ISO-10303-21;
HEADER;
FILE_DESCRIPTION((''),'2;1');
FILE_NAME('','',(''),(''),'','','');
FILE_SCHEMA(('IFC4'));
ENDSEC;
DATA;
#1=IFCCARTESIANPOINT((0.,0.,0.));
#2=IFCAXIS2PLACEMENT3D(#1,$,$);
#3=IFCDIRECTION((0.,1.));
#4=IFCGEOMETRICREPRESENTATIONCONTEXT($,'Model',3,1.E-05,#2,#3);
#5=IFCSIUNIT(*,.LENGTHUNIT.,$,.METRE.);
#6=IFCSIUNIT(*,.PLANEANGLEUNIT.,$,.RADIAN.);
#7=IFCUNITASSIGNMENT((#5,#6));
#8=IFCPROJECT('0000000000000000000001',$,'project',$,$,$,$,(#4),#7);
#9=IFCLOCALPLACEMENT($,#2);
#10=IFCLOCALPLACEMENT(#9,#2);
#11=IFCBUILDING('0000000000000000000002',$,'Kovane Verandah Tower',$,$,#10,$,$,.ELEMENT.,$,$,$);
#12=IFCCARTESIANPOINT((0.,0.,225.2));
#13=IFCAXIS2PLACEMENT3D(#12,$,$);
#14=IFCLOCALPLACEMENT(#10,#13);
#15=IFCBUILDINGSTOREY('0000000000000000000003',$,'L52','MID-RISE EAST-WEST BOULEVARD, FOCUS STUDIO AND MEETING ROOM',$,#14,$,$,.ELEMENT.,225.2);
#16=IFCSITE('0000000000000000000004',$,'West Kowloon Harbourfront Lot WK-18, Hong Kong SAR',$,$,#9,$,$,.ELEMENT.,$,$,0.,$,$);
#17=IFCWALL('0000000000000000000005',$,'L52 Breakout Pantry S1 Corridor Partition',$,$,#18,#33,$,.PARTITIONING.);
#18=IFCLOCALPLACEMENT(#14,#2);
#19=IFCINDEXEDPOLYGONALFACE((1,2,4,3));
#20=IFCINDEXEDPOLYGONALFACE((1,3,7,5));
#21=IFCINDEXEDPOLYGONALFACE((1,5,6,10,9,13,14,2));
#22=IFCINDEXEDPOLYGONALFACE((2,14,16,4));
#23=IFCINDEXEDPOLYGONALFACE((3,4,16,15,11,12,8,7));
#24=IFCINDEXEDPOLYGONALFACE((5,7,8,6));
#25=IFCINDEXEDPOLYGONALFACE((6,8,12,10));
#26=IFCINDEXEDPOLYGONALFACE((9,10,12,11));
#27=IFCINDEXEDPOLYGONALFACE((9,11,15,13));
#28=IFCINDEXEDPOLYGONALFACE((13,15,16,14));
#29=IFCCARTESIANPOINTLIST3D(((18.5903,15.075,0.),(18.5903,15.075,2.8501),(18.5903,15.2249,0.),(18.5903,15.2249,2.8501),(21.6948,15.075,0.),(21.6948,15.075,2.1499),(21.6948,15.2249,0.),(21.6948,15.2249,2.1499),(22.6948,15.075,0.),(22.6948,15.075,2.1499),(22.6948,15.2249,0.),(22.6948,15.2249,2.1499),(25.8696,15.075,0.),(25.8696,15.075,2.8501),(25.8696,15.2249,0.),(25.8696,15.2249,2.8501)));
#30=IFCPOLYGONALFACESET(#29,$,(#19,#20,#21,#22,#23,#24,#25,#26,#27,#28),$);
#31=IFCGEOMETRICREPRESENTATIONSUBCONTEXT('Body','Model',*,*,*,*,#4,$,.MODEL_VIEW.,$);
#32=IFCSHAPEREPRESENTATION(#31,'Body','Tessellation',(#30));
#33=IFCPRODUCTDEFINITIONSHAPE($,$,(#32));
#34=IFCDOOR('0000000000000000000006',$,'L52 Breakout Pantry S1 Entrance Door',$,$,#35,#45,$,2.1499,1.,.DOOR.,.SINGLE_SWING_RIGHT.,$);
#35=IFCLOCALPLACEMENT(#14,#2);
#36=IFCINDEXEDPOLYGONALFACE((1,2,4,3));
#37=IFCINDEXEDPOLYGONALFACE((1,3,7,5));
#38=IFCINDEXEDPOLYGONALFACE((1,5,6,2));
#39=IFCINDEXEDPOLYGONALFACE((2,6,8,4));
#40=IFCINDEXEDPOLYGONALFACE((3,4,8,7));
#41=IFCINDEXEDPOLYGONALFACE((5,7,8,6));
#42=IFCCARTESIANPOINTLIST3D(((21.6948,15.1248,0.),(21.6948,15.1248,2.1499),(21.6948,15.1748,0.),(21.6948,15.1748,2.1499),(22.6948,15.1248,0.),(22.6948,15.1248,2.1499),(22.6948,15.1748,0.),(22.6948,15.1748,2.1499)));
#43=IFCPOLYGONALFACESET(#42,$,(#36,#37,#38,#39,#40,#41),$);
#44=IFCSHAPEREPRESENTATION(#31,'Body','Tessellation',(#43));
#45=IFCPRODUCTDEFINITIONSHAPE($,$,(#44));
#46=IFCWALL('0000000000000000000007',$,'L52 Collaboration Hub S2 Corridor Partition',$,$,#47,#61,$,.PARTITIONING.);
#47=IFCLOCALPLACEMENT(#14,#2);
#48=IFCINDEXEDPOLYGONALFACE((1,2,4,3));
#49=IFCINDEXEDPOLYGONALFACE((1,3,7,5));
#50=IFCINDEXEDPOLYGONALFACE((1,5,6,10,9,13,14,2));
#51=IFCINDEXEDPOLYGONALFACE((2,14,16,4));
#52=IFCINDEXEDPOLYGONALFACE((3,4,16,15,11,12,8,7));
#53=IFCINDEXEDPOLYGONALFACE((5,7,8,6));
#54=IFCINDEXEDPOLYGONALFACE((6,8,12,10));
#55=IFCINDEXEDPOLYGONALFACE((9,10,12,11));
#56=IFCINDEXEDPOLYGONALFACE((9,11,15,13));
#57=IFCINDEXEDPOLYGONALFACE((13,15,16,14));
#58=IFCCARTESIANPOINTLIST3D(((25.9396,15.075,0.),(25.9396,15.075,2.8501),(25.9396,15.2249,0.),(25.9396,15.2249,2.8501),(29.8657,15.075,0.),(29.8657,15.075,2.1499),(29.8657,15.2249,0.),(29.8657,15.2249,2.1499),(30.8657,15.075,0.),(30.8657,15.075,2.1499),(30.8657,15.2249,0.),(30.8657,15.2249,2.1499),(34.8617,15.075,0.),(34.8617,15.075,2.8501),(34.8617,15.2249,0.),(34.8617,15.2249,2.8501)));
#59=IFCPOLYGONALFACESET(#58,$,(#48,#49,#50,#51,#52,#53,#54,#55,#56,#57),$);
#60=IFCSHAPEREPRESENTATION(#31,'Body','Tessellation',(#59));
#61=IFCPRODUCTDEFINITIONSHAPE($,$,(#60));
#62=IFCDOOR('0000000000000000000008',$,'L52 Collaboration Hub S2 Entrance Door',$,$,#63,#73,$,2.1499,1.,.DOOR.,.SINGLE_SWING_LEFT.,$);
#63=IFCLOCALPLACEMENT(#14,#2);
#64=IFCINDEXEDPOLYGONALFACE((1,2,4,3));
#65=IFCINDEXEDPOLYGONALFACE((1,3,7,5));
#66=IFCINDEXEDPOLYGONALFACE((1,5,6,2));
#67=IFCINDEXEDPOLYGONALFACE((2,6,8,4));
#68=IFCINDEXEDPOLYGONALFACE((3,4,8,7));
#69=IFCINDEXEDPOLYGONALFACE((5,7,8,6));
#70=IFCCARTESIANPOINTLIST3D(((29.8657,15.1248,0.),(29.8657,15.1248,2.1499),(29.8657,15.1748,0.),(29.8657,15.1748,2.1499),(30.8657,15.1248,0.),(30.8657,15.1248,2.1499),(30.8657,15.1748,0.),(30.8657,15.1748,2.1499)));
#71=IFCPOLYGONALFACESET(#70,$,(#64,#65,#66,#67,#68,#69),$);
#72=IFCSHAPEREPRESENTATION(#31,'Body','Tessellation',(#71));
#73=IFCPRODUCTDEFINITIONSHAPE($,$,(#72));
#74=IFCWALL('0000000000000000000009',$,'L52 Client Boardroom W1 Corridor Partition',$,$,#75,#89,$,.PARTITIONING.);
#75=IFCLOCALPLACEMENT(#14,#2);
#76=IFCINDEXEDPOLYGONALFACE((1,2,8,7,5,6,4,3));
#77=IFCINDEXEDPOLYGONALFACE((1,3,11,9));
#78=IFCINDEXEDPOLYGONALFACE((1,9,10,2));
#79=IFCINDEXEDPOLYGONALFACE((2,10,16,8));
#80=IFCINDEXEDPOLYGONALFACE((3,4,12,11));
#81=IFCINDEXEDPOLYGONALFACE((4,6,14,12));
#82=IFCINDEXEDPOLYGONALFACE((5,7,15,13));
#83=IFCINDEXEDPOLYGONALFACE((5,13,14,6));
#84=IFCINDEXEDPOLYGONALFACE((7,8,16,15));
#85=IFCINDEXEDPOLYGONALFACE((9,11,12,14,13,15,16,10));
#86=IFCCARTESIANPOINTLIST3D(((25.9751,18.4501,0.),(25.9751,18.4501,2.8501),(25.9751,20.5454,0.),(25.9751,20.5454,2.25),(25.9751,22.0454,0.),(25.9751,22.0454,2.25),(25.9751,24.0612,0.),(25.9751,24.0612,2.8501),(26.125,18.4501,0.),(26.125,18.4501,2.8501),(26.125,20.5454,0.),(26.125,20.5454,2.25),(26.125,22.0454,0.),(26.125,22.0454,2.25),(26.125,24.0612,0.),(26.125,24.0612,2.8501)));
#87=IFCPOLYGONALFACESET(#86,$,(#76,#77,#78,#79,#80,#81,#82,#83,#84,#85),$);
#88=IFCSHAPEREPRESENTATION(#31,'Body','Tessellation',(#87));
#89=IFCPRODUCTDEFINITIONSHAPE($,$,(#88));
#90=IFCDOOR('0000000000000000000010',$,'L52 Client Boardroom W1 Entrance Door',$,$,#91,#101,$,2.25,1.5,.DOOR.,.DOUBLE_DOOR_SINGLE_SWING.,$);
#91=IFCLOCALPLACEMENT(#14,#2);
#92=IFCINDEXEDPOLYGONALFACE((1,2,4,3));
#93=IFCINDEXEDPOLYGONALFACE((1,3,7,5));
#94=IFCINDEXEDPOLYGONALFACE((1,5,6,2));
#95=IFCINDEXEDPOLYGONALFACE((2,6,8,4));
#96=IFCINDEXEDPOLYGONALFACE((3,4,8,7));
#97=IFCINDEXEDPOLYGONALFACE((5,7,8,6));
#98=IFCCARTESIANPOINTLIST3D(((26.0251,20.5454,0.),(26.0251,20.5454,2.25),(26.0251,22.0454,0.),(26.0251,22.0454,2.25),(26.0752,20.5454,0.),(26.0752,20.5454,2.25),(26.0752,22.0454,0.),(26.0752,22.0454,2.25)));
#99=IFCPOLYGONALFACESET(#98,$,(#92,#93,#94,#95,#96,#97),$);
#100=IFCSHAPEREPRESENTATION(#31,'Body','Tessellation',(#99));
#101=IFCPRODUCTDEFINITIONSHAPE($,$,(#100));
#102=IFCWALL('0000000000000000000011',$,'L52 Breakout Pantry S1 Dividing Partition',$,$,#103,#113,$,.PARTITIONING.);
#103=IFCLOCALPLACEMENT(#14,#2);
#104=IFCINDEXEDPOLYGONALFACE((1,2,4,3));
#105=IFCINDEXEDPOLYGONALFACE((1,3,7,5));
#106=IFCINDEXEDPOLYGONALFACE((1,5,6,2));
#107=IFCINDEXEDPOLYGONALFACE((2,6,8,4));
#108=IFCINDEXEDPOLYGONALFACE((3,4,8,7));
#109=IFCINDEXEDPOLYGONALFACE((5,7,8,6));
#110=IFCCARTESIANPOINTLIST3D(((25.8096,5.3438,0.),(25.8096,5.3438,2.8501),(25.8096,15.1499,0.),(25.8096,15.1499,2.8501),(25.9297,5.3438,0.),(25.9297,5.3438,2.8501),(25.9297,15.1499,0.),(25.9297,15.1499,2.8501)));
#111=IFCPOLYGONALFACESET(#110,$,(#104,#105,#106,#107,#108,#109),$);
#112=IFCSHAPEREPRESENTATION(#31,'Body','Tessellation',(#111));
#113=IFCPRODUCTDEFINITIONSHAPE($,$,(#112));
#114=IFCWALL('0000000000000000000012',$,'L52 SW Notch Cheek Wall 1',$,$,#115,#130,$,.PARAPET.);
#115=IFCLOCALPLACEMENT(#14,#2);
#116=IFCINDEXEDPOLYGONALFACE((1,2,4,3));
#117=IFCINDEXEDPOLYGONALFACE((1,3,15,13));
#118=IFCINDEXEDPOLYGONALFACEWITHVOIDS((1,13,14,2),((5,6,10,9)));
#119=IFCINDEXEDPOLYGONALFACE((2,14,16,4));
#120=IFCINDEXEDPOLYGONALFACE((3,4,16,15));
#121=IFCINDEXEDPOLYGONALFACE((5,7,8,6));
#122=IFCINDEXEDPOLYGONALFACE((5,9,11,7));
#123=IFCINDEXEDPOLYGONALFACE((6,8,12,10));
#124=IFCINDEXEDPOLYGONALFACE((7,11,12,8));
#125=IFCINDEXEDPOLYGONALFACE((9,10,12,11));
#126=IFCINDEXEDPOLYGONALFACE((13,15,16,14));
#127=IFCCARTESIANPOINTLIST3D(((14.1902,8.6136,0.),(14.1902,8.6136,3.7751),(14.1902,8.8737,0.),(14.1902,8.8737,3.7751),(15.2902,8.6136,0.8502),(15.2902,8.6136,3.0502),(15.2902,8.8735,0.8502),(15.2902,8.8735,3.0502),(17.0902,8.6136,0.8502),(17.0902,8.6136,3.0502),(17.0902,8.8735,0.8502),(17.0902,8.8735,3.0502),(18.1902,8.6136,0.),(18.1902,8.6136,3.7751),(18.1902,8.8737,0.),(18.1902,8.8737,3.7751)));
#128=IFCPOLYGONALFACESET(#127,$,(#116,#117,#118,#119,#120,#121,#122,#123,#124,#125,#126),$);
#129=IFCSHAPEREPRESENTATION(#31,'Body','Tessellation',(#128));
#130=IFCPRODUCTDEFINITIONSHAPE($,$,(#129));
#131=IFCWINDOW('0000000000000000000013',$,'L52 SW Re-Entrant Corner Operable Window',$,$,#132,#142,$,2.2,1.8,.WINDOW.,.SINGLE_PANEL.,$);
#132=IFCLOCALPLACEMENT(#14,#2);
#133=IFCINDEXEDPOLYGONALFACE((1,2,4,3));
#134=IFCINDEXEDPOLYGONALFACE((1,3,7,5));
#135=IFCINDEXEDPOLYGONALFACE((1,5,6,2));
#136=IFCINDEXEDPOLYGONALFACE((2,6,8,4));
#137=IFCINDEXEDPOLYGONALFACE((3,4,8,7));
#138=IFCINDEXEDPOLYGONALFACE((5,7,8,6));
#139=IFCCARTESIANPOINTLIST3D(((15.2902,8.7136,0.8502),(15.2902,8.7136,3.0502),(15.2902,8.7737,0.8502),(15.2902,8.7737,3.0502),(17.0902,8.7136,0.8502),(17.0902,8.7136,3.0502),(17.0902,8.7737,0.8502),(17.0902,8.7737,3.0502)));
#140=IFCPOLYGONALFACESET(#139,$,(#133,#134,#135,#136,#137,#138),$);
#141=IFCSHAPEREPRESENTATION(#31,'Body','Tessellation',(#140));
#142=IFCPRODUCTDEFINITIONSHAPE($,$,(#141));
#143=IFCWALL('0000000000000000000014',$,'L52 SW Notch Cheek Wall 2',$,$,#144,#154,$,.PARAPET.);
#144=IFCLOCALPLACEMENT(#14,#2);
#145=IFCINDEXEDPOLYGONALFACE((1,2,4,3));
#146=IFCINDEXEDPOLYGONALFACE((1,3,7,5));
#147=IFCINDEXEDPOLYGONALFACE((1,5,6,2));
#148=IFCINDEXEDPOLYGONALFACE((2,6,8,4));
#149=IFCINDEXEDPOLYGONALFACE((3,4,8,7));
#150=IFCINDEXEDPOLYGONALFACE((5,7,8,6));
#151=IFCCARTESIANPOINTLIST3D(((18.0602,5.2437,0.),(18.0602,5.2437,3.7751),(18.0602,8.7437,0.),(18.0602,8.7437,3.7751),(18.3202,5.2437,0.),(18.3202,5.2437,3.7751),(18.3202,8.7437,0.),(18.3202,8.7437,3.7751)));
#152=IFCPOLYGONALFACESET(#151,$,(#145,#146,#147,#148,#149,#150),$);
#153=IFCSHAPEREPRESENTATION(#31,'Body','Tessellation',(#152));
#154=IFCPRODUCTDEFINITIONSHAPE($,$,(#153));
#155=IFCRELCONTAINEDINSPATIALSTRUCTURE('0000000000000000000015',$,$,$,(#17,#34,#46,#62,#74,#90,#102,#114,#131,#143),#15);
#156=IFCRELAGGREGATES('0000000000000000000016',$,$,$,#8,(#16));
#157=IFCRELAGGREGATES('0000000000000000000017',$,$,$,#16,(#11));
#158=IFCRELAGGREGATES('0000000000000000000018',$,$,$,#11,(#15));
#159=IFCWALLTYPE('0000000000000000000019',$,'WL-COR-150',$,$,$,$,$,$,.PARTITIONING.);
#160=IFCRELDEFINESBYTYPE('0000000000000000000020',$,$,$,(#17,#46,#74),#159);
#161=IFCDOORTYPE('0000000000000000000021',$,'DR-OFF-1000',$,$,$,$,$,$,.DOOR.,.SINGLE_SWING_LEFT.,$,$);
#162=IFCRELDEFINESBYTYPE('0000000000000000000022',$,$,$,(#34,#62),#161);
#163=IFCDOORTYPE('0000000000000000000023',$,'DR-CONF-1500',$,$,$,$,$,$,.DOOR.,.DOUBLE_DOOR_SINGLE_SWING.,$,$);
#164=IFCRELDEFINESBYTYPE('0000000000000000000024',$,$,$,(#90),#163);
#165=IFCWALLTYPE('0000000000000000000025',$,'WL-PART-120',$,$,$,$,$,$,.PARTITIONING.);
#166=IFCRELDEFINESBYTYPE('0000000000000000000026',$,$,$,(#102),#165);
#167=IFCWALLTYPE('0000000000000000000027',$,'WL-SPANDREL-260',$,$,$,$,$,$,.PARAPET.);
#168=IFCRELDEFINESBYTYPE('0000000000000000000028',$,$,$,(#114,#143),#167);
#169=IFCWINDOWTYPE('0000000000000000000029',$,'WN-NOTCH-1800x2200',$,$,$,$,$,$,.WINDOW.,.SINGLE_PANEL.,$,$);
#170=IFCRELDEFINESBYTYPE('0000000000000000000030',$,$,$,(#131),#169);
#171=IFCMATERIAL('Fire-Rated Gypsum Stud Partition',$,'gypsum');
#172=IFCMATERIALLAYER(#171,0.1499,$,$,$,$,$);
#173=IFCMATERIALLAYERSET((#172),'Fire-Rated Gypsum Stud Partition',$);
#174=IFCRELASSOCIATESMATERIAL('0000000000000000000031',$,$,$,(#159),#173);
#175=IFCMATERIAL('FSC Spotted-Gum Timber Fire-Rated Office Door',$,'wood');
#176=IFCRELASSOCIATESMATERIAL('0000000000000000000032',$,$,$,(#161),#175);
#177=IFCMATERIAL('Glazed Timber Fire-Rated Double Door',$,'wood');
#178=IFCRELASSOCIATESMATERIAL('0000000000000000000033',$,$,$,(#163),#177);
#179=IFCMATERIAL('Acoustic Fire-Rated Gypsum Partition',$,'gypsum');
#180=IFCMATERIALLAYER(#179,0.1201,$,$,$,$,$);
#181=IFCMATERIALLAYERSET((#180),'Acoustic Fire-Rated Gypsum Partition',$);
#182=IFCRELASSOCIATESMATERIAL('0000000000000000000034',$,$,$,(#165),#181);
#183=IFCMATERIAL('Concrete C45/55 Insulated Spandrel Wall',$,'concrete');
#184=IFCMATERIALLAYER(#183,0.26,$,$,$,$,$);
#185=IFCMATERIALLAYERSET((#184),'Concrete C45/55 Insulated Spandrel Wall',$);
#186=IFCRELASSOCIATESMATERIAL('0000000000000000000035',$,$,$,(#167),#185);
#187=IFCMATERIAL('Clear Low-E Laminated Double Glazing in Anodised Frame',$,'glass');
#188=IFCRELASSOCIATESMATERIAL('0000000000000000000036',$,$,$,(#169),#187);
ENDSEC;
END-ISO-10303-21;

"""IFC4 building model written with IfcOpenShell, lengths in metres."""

from ifc_helpers import new_model, si_unit, direction, frame, frame_2d, origin, place, context, subcontext, project, spatial, rectangle, extrude, material, layer, layer_set, type_object, element, fill, save


model = new_model("IFC4")

# Units and contexts
model_context = context("Model", 3, precision=1e-05, world=origin(), true_north=direction((0.0, 1.0)))
body_context = subcontext(model_context, "Body", "Model", "MODEL_VIEW")
ifc_project = project(units=[si_unit("LENGTHUNIT", "METRE"), si_unit("PLANEANGLEUNIT", "RADIAN")], contexts=[model_context])

# Site, building, storey
site_placement = place(None, origin())
site = spatial("IfcSite", under=ifc_project, at=site_placement, Name="West Kowloon Harbourfront Lot WK-18, Hong Kong SAR", CompositionType="ELEMENT", RefElevation=0.0)
building_placement = place(site_placement, origin())
building = spatial("IfcBuilding", under=site, at=building_placement, Name="Kovane Verandah Tower", CompositionType="ELEMENT")
storey_placement = place(building_placement, frame((0.0, 0.0, 225.2)))
storey = spatial("IfcBuildingStorey", under=building, at=storey_placement, Name="L52", Description="MID-RISE EAST-WEST BOULEVARD, FOCUS STUDIO AND MEETING ROOM", CompositionType="ELEMENT", Elevation=225.2)

# Walls, openings, doors
ifc_material_1 = material(Name="Fire-Rated Gypsum Stud Partition", Category="gypsum")
ifc_layer_1 = layer(ifc_material_1, 0.1499)
ifc_layer_set_1 = layer_set([ifc_layer_1], Name="Fire-Rated Gypsum Stud Partition")
wall_type_1 = type_object("IfcWallType", Name="WL-COR-150", PredefinedType="PARTITIONING", material=ifc_layer_set_1)
wall_1_placement = place(storey_placement, frame((18.5903, 15.1499, 0.0), z_axis=(0.0, 0.0, 1.0), x_axis=(1.0, 0.0, 0.0)))
wall_1 = element("IfcWall", 1, at=wall_1_placement, inside=storey, type_object=wall_type_1, Name="L52 Breakout Pantry S1 Corridor Partition", PredefinedType="PARTITIONING", context=body_context, shape_type="SweptSolid", body=[
    extrude(rectangle(XDim=7.2793, YDim=0.1499, at=frame_2d((3.6396, 0.0))), origin(), (0.0, 0.0, 1.0), 2.8501),
])
opening_1_placement = place(wall_1_placement, frame((3.1045, 0.0, 0.0)))
opening_1 = element("IfcOpeningElement", 2, at=opening_1_placement, cuts=wall_1, PredefinedType="OPENING", context=body_context, shape_type="SweptSolid", body=[
    extrude(rectangle(XDim=1.0, YDim=2.1499, at=frame_2d((0.5, 1.075))), frame((0.0, 0.075, 0.0), z_axis=(0.0, -1.0, 0.0), x_axis=(1.0, 0.0, 0.0)), (0.0, 0.0, 1.0), 0.1499),
])
ifc_material_2 = material(Name="FSC Spotted-Gum Timber Fire-Rated Office Door", Category="wood")
door_type_1 = type_object("IfcDoorType", Name="DR-OFF-1000", OperationType="SINGLE_SWING_LEFT", PredefinedType="DOOR", material=ifc_material_2)
door_1_placement = place(opening_1_placement, origin())
door_1 = element("IfcDoor", 3, at=door_1_placement, inside=storey, type_object=door_type_1, Name="L52 Breakout Pantry S1 Entrance Door", OperationType="SINGLE_SWING_RIGHT", OverallHeight=2.1499, OverallWidth=1.0, PredefinedType="DOOR", context=body_context, shape_type="SweptSolid", body=[
    extrude(rectangle(XDim=1.0, YDim=2.1499, at=frame_2d((0.5, 1.075))), frame((0.0, 0.0249, 0.0), z_axis=(0.0, -1.0, 0.0), x_axis=(1.0, 0.0, 0.0)), (0.0, 0.0, 1.0), 0.05),
])
fill(opening_1, door_1)
wall_2_placement = place(storey_placement, frame((25.9397, 15.1499, 0.0), z_axis=(0.0, 0.0, 1.0), x_axis=(1.0, 0.0, 0.0)))
wall_2 = element("IfcWall", 4, at=wall_2_placement, inside=storey, type_object=wall_type_1, Name="L52 Collaboration Hub S2 Corridor Partition", PredefinedType="PARTITIONING", context=body_context, shape_type="SweptSolid", body=[
    extrude(rectangle(XDim=8.9221, YDim=0.1499, at=frame_2d((4.4609, 0.0))), origin(), (0.0, 0.0, 1.0), 2.8501),
])
opening_2_placement = place(wall_2_placement, frame((3.926, 0.0, 0.0)))
opening_2 = element("IfcOpeningElement", 5, at=opening_2_placement, cuts=wall_2, PredefinedType="OPENING", context=body_context, shape_type="SweptSolid", body=[
    extrude(rectangle(XDim=1.0, YDim=2.1499, at=frame_2d((0.5, 1.075))), frame((0.0, 0.075, 0.0), z_axis=(0.0, -1.0, 0.0), x_axis=(1.0, 0.0, 0.0)), (0.0, 0.0, 1.0), 0.1499),
])
door_2_placement = place(opening_2_placement, origin())
door_2 = element("IfcDoor", 6, at=door_2_placement, inside=storey, type_object=door_type_1, Name="L52 Collaboration Hub S2 Entrance Door", OperationType="SINGLE_SWING_LEFT", OverallHeight=2.1499, OverallWidth=1.0, PredefinedType="DOOR", context=body_context, shape_type="SweptSolid", body=[
    extrude(rectangle(XDim=1.0, YDim=2.1499, at=frame_2d((0.5, 1.075))), frame((0.0, 0.0249, 0.0), z_axis=(0.0, -1.0, 0.0), x_axis=(1.0, 0.0, 0.0)), (0.0, 0.0, 1.0), 0.05),
])
fill(opening_2, door_2)
wall_3_placement = place(storey_placement, frame((26.05, 18.45, 0.0), z_axis=(0.0, 0.0, 1.0), x_axis=(0.0, 1.0, 0.0)))
wall_3 = element("IfcWall", 7, at=wall_3_placement, inside=storey, type_object=wall_type_1, Name="L52 Client Boardroom W1 Corridor Partition", PredefinedType="PARTITIONING", context=body_context, shape_type="SweptSolid", body=[
    extrude(rectangle(XDim=5.6111, YDim=0.1499, at=frame_2d((2.8057, 0.0))), origin(), (0.0, 0.0, 1.0), 2.8501),
])
opening_3_placement = place(wall_3_placement, frame((2.0955, 0.0, 0.0)))
opening_3 = element("IfcOpeningElement", 8, at=opening_3_placement, cuts=wall_3, PredefinedType="OPENING", context=body_context, shape_type="SweptSolid", body=[
    extrude(rectangle(XDim=1.5, YDim=2.25, at=frame_2d((0.75, 1.125))), frame((0.0, 0.075, 0.0), z_axis=(0.0, -1.0, 0.0), x_axis=(1.0, 0.0, 0.0)), (0.0, 0.0, 1.0), 0.1499),
])
ifc_material_3 = material(Name="Glazed Timber Fire-Rated Double Door", Category="wood")
door_type_2 = type_object("IfcDoorType", Name="DR-CONF-1500", OperationType="DOUBLE_DOOR_SINGLE_SWING", PredefinedType="DOOR", material=ifc_material_3)
door_3_placement = place(opening_3_placement, origin())
door_3 = element("IfcDoor", 9, at=door_3_placement, inside=storey, type_object=door_type_2, Name="L52 Client Boardroom W1 Entrance Door", OperationType="DOUBLE_DOOR_SINGLE_SWING", OverallHeight=2.25, OverallWidth=1.5, PredefinedType="DOOR", context=body_context, shape_type="SweptSolid", body=[
    extrude(rectangle(XDim=1.5, YDim=2.25, at=frame_2d((0.75, 1.125))), frame((0.0, 0.0249, 0.0), z_axis=(0.0, -1.0, 0.0), x_axis=(1.0, 0.0, 0.0)), (0.0, 0.0, 1.0), 0.05),
])
fill(opening_3, door_3)

# Wall
ifc_material_4 = material(Name="Acoustic Fire-Rated Gypsum Partition", Category="gypsum")
ifc_layer_2 = layer(ifc_material_4, 0.1201)
ifc_layer_set_2 = layer_set([ifc_layer_2], Name="Acoustic Fire-Rated Gypsum Partition")
wall_type_2 = type_object("IfcWallType", Name="WL-PART-120", PredefinedType="PARTITIONING", material=ifc_layer_set_2)
wall_4_placement = place(storey_placement, frame((25.8696, 5.3438, 0.0), z_axis=(0.0, 0.0, 1.0), x_axis=(0.0, 1.0, 0.0)))
element("IfcWall", 10, at=wall_4_placement, inside=storey, type_object=wall_type_2, Name="L52 Breakout Pantry S1 Dividing Partition", PredefinedType="PARTITIONING", context=body_context, shape_type="SweptSolid", body=[
    extrude(rectangle(XDim=9.8062, YDim=0.1201, at=frame_2d((4.9031, 0.0))), origin(), (0.0, 0.0, 1.0), 2.8501),
])

# Shared definitions
ifc_material_5 = material(Name="Concrete C45/55 Insulated Spandrel Wall", Category="concrete")
ifc_layer_3 = layer(ifc_material_5, 0.26)
ifc_layer_set_3 = layer_set([ifc_layer_3], Name="Concrete C45/55 Insulated Spandrel Wall")
wall_type_3 = type_object("IfcWallType", Name="WL-SPANDREL-260", PredefinedType="PARAPET", material=ifc_layer_set_3)
ifc_material_6 = material(Name="Clear Low-E Laminated Double Glazing in Anodised Frame", Category="glass")

# Wall, opening, window
wall_5_placement = place(storey_placement, frame((14.1902, 8.7437, 0.0), z_axis=(0.0, 0.0, 1.0), x_axis=(1.0, 0.0, 0.0)))
wall_5 = element("IfcWall", 11, at=wall_5_placement, inside=storey, type_object=wall_type_3, Name="L52 SW Notch Cheek Wall 1", PredefinedType="PARAPET", context=body_context, shape_type="SweptSolid", body=[
    extrude(rectangle(XDim=4.0, YDim=0.26, at=frame_2d((2.0, 0.0))), origin(), (0.0, 0.0, 1.0), 3.7751),
])
opening_4_placement = place(wall_5_placement, frame((1.1001, 0.0, 0.8501)))
opening_4 = element("IfcOpeningElement", 12, at=opening_4_placement, cuts=wall_5, PredefinedType="OPENING", context=body_context, shape_type="SweptSolid", body=[
    extrude(rectangle(XDim=1.8, YDim=2.2, at=frame_2d((0.8999, 1.1001))), frame((0.0, 0.1299, 0.0), z_axis=(0.0, -1.0, 0.0), x_axis=(1.0, 0.0, 0.0)), (0.0, 0.0, 1.0), 0.26),
])
window_type_1 = type_object("IfcWindowType", Name="WN-NOTCH-1800x2200", PartitioningType="SINGLE_PANEL", PredefinedType="WINDOW", material=ifc_material_6)
window_1_placement = place(opening_4_placement, origin())
window_1 = element("IfcWindow", 13, at=window_1_placement, inside=storey, type_object=window_type_1, Name="L52 SW Re-Entrant Corner Operable Window", OverallHeight=2.2, OverallWidth=1.8, PartitioningType="SINGLE_PANEL", PredefinedType="WINDOW", context=body_context, shape_type="SweptSolid", body=[
    extrude(rectangle(XDim=1.8, YDim=2.2, at=frame_2d((0.8999, 1.1001))), frame((0.0, 0.03, 0.0), z_axis=(0.0, -1.0, 0.0), x_axis=(1.0, 0.0, 0.0)), (0.0, 0.0, 1.0), 0.0601),
])
fill(opening_4, window_1)

# Wall
wall_6_placement = place(storey_placement, frame((18.1902, 8.7437, 0.0), z_axis=(0.0, 0.0, 1.0), x_axis=(0.0, -1.0, 0.0)))
element("IfcWall", 14, at=wall_6_placement, inside=storey, type_object=wall_type_3, Name="L52 SW Notch Cheek Wall 2", PredefinedType="PARAPET", context=body_context, shape_type="SweptSolid", body=[
    extrude(rectangle(XDim=3.5, YDim=0.26, at=frame_2d((1.75, 0.0))), origin(), (0.0, 0.0, 1.0), 3.7751),
])

save(model, "model.ifc")
